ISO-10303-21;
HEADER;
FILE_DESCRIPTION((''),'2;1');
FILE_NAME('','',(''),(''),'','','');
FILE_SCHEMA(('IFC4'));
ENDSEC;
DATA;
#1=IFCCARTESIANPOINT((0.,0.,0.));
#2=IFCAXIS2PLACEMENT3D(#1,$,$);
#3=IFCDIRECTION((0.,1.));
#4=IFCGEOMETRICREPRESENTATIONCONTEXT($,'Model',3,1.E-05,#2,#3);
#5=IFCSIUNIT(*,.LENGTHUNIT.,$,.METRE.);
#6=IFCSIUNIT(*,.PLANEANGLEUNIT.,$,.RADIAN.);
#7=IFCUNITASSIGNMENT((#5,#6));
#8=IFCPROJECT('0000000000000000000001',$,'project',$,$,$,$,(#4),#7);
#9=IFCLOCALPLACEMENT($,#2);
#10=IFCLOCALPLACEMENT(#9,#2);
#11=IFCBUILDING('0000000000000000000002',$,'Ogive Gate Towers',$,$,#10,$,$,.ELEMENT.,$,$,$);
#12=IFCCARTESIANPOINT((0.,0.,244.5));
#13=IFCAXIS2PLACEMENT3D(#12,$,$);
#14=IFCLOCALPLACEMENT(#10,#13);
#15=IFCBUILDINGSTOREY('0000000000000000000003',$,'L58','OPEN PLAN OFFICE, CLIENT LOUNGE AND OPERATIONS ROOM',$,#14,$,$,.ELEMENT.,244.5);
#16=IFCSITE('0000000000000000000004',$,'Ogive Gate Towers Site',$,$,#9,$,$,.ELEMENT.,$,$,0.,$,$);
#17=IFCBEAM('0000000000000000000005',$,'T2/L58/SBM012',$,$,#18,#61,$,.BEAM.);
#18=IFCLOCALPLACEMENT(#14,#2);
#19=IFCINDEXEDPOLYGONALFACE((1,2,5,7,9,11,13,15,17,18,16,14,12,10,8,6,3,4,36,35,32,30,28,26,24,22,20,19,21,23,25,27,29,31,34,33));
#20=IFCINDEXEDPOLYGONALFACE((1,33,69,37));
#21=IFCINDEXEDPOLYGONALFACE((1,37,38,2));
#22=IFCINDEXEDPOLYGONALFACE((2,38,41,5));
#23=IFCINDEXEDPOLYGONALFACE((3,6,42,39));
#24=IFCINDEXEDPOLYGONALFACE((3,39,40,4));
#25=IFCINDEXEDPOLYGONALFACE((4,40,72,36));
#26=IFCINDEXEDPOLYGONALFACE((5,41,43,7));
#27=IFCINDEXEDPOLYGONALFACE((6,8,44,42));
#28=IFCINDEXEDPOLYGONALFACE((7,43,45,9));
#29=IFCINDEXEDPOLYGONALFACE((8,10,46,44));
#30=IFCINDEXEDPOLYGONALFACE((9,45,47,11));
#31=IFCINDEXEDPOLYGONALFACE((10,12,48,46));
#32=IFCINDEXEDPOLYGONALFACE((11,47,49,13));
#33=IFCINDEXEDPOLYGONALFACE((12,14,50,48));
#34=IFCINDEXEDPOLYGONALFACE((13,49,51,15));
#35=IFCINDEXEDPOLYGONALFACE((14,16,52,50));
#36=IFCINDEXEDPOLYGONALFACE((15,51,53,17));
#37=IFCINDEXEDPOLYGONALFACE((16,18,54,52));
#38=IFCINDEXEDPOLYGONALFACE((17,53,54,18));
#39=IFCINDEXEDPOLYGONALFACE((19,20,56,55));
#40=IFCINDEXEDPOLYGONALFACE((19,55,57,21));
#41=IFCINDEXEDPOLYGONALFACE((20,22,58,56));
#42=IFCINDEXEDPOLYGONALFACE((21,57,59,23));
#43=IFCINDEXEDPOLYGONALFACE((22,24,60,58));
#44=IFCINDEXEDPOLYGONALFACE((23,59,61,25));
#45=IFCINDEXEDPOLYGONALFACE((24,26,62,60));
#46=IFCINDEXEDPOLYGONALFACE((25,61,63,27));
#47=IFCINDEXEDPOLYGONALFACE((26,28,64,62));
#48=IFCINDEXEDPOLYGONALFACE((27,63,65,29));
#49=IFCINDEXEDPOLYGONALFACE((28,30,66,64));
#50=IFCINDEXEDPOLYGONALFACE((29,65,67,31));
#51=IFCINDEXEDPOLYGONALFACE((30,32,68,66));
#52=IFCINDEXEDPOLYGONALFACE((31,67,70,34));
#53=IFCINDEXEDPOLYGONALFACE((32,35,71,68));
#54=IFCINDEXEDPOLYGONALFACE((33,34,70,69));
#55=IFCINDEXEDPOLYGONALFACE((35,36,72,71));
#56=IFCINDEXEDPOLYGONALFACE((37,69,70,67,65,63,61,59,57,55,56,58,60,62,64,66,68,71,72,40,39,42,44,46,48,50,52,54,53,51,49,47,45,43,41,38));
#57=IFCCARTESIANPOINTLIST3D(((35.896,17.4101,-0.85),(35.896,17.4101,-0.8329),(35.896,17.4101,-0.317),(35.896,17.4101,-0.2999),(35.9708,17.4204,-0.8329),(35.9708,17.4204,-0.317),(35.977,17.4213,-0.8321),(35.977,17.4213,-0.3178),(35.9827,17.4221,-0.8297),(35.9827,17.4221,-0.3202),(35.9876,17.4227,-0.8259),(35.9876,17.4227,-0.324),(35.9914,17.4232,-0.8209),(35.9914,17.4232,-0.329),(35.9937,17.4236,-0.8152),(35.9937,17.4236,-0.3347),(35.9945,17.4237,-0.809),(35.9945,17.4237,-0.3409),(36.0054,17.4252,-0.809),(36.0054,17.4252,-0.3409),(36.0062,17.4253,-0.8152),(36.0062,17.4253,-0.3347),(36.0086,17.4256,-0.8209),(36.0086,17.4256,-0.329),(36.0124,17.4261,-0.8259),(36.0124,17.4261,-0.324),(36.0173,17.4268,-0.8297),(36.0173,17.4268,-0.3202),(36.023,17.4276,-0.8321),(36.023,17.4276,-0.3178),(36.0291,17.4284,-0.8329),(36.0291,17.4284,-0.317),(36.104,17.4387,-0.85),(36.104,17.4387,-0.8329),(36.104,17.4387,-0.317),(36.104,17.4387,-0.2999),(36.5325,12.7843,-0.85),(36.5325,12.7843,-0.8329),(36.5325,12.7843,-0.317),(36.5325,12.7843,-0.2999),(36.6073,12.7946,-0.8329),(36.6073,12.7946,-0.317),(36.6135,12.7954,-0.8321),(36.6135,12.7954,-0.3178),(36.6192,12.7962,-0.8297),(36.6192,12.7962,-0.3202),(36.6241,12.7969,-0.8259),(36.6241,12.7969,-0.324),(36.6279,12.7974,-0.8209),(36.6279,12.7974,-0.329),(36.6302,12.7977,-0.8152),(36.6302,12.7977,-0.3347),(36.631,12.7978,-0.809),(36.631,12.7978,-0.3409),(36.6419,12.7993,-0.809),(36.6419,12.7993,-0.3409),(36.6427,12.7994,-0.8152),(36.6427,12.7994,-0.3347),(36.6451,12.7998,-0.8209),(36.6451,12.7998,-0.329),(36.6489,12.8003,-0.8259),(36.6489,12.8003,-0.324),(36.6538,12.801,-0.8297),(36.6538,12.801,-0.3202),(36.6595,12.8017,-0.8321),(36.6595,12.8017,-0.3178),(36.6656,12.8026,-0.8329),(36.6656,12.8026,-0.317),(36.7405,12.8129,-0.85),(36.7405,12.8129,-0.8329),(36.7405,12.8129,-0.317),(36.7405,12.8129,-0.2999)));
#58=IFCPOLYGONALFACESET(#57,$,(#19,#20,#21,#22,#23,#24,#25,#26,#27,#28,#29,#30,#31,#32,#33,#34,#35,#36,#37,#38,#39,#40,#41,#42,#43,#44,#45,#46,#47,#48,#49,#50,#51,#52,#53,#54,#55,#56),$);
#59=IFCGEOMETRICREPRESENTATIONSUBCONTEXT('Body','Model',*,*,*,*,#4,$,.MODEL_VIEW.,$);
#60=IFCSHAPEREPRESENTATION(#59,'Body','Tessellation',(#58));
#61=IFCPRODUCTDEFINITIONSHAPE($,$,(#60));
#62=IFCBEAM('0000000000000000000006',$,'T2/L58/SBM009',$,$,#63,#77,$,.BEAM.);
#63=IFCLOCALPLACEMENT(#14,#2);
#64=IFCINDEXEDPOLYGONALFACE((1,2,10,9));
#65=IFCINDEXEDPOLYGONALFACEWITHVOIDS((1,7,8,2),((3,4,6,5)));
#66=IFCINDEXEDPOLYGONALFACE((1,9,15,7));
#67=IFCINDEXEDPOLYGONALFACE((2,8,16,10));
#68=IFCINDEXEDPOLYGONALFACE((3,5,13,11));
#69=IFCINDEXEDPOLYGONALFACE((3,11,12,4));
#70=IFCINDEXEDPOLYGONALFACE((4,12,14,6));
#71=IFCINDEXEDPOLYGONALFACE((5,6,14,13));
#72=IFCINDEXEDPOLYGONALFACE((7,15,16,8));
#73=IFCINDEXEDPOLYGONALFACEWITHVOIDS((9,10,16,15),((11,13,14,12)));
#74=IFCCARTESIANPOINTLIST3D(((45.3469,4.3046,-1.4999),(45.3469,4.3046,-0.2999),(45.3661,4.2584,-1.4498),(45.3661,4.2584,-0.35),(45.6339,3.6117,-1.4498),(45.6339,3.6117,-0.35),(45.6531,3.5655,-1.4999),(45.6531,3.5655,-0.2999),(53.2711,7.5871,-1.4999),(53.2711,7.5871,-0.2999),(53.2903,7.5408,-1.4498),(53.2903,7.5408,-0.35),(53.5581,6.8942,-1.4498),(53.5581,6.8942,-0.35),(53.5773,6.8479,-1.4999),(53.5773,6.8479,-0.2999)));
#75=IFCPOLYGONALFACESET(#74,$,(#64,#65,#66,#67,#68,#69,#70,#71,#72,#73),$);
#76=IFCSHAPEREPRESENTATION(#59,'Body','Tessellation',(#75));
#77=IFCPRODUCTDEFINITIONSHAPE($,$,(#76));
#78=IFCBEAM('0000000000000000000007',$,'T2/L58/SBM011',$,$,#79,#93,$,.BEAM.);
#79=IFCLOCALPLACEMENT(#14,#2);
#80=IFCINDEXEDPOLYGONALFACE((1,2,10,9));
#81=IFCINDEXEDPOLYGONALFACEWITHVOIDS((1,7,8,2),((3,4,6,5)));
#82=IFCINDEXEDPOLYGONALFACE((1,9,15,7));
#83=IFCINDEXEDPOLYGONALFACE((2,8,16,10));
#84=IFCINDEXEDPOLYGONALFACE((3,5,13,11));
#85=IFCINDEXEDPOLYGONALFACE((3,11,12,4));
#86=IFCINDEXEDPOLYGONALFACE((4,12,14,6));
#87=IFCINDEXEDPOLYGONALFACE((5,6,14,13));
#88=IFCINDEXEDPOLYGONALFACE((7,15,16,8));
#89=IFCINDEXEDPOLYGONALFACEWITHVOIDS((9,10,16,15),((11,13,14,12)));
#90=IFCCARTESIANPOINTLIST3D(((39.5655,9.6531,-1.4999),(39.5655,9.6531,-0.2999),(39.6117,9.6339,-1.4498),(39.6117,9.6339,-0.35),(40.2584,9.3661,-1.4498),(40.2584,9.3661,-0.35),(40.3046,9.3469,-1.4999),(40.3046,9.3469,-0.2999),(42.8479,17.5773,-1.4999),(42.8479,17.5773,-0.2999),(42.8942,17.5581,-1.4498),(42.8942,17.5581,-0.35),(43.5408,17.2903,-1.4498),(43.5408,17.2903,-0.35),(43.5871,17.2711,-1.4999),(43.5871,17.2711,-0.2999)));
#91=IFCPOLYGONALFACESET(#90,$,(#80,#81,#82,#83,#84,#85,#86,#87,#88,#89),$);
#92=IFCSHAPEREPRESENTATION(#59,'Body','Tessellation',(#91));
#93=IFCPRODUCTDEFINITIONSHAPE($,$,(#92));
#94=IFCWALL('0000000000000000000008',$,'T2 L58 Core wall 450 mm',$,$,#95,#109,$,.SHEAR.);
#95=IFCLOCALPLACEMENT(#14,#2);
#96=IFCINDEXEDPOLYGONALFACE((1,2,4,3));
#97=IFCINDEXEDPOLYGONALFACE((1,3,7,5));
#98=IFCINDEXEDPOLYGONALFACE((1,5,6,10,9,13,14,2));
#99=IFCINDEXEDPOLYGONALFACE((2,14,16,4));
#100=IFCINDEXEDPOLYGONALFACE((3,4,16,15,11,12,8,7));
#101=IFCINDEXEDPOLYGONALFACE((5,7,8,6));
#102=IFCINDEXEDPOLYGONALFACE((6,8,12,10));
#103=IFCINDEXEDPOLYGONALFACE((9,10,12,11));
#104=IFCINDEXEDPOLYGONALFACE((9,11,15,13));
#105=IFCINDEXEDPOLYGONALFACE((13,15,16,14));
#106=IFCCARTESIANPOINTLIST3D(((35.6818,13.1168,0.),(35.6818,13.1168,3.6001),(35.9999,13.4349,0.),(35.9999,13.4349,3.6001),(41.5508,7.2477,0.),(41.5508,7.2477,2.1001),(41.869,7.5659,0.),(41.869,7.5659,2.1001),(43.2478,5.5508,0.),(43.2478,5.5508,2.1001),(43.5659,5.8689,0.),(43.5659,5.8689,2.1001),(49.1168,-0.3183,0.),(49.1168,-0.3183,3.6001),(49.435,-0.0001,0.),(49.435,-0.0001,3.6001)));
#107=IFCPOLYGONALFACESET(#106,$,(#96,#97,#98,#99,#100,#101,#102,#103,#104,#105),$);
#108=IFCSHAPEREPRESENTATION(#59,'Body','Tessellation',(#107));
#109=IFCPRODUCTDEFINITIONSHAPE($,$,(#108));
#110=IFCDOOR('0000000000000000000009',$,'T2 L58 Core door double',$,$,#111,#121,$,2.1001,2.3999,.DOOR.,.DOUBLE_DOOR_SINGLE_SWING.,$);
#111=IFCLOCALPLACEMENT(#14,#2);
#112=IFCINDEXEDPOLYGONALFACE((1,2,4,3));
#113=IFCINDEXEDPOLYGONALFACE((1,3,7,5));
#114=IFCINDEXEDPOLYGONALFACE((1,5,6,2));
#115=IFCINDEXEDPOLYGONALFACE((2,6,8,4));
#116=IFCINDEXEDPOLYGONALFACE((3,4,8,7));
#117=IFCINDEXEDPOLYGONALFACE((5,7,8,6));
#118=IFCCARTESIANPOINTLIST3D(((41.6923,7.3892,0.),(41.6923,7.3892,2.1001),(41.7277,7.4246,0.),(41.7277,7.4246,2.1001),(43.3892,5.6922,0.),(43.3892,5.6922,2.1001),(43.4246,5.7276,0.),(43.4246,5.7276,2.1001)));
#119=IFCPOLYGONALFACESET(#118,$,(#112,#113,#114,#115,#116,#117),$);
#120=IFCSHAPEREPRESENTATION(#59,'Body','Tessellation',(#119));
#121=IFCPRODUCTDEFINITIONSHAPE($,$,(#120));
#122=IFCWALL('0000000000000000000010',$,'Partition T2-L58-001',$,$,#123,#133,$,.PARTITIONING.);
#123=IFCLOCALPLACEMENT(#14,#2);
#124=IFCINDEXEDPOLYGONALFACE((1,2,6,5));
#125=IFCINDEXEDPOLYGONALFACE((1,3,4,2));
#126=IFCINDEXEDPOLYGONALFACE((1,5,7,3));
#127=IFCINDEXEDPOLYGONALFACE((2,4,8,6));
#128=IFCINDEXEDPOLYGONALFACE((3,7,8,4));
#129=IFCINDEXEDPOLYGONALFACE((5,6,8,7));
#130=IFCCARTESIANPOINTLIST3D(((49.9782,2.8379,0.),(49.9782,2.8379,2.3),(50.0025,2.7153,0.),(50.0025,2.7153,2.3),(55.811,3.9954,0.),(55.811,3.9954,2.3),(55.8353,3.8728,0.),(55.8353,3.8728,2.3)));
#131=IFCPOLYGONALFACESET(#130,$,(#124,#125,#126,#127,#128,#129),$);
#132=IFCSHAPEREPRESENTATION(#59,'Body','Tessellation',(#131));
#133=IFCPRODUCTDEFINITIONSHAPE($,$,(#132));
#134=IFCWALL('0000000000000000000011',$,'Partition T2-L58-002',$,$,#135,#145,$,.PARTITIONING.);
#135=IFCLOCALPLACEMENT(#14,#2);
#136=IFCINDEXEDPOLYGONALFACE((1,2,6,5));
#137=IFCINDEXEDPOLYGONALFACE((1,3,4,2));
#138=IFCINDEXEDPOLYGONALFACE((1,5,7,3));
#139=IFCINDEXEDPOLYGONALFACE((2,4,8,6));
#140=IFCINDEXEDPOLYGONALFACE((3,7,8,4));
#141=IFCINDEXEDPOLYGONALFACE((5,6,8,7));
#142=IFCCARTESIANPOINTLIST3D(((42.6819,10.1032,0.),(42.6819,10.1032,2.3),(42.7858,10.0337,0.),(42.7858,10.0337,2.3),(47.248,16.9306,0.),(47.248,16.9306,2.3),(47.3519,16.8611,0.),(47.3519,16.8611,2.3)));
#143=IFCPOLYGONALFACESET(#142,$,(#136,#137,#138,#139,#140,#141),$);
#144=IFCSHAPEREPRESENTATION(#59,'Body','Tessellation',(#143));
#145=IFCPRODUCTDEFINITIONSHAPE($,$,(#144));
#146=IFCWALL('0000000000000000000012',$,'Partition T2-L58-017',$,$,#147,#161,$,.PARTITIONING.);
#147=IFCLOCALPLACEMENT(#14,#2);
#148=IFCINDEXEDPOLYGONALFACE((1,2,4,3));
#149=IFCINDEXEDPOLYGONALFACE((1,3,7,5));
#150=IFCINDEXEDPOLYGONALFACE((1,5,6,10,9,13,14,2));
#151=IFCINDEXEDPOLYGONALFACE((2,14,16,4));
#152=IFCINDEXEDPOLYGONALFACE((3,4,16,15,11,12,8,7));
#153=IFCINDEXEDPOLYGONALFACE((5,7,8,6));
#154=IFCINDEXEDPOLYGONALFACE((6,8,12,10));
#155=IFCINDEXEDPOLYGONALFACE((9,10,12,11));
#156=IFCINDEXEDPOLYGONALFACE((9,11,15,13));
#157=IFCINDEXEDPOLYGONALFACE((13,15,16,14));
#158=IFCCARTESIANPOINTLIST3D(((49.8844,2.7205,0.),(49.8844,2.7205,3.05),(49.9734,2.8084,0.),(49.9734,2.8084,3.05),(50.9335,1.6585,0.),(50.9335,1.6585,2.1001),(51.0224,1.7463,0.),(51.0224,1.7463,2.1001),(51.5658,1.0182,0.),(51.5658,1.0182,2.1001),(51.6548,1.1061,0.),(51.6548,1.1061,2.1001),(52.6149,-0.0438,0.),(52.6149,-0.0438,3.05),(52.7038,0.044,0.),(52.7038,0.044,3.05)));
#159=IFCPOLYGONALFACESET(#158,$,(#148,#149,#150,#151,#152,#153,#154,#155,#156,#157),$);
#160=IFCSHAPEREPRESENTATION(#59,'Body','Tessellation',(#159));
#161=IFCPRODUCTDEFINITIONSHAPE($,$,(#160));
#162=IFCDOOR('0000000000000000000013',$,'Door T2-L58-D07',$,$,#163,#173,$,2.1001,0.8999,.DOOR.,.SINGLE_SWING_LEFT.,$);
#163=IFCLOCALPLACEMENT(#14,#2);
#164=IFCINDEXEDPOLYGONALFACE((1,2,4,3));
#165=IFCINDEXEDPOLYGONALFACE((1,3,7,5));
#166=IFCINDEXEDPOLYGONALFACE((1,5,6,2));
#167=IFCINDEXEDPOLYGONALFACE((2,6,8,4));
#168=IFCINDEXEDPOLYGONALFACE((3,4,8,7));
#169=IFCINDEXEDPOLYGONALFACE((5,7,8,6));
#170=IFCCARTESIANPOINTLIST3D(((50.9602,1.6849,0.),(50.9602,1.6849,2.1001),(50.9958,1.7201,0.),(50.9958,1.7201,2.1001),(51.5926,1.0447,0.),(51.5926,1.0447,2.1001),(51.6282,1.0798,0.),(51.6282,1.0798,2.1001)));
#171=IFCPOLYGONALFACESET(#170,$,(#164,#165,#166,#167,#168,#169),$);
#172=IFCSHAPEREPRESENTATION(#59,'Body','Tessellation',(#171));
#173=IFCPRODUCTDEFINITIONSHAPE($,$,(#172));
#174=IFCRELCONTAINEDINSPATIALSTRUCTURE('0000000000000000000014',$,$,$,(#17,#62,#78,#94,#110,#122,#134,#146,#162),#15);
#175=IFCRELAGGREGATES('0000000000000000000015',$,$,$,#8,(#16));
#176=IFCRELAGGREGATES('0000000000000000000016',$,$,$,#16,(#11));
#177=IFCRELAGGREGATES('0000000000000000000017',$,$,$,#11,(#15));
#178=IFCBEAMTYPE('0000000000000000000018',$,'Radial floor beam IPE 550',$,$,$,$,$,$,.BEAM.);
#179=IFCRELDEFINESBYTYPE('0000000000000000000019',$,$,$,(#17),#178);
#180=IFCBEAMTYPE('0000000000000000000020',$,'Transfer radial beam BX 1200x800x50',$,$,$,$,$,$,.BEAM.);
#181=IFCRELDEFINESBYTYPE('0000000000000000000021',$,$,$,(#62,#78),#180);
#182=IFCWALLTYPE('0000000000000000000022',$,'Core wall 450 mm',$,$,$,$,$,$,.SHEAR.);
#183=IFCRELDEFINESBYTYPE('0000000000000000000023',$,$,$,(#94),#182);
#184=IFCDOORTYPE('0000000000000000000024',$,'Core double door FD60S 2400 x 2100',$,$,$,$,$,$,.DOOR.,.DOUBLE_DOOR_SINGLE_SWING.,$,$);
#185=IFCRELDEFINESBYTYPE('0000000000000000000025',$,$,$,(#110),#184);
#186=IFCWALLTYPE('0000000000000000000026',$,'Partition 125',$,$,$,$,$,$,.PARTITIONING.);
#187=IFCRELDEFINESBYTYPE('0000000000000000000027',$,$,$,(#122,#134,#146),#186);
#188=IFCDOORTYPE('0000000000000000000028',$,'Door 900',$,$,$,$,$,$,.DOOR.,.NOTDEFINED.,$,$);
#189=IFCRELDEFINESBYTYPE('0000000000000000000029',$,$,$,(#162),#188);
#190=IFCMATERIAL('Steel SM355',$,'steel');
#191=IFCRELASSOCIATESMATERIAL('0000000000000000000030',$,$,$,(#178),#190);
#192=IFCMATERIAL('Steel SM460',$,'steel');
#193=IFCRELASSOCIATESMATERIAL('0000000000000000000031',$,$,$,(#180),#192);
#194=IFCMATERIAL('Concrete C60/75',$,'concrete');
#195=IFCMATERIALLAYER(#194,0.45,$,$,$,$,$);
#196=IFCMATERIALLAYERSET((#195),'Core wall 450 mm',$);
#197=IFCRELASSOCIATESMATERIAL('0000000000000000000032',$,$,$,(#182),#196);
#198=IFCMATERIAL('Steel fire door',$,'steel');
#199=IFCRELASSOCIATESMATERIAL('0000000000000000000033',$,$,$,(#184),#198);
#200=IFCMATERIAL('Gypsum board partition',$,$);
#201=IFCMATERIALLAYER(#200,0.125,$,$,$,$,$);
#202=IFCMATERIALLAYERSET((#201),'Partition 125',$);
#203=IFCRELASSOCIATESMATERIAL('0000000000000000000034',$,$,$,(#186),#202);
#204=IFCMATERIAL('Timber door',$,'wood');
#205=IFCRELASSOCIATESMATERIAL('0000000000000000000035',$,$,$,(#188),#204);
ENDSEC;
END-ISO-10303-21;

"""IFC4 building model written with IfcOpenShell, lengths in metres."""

from ifc_helpers import new_model, si_unit, direction, frame, frame_2d, origin, origin_2d, place, context, subcontext, project, spatial, rectangle, hollow_rectangle, i_section, extrude, material, layer, layer_set, material_profile, profile_set, type_object, element, fill, save


model = new_model("IFC4")

# Units and contexts
model_context = context("Model", 3, precision=1e-05, world=origin(), true_north=direction((0.0, 1.0)))
body_context = subcontext(model_context, "Body", "Model", "MODEL_VIEW")
ifc_project = project(units=[si_unit("LENGTHUNIT", "METRE"), si_unit("PLANEANGLEUNIT", "RADIAN")], contexts=[model_context])

# Site, building, storey
site_placement = place(None, origin())
site = spatial("IfcSite", under=ifc_project, at=site_placement, Name="Ogive Gate Towers Site", CompositionType="ELEMENT", RefElevation=0.0)
building_placement = place(site_placement, origin())
building = spatial("IfcBuilding", under=site, at=building_placement, Name="Ogive Gate Towers", CompositionType="ELEMENT")
storey_placement = place(building_placement, frame((0.0, 0.0, 244.5)))
storey = spatial("IfcBuildingStorey", under=building, at=storey_placement, Name="L58", Description="OPEN PLAN OFFICE, CLIENT LOUNGE AND OPERATIONS ROOM", CompositionType="ELEMENT", Elevation=244.5)

# Shared definitions
ifc_material_1 = material(Name="Steel SM460", Category="steel")

# Beams
ifc_material_2 = material(Name="Steel SM355", Category="steel")
ifc_material_profile_1 = material_profile(ifc_material_2, i_section(OverallWidth=0.21, OverallDepth=0.55, WebThickness=0.011, FlangeThickness=0.0171, FilletRadius=0.0239, at=origin_2d()), Name="IPE 550")
ifc_profile_set_1 = profile_set([ifc_material_profile_1], Name="Steel SM355")
beam_type_1 = type_object("IfcBeamType", Name="Radial floor beam IPE 550", PredefinedType="BEAM", material=ifc_profile_set_1)
beam_1_placement = place(storey_placement, frame((36.6365, 12.7986, -0.575), z_axis=(-0.13631, 0.990666, 0.0), x_axis=(-0.990666, -0.13631, 0.0)))
element("IfcBeam", 1, at=beam_1_placement, inside=storey, type_object=beam_type_1, Name="T2/L58/SBM012", PredefinedType="BEAM", context=body_context, shape_type="SweptSolid", body=[
    extrude(i_section(OverallWidth=0.21, OverallDepth=0.55, WebThickness=0.011, FlangeThickness=0.0171, FilletRadius=0.0239, at=origin_2d()), origin(), (0.0, 0.0, 1.0), 4.6694),
])
ifc_material_profile_2 = material_profile(ifc_material_1, hollow_rectangle(XDim=0.8, YDim=1.2, WallThickness=0.05, at=origin_2d()), Name="BX 1200x800x50")
ifc_profile_set_2 = profile_set([ifc_material_profile_2], Name="Steel SM460")
beam_type_2 = type_object("IfcBeamType", Name="Transfer radial beam BX 1200x800x50", PredefinedType="BEAM", material=ifc_profile_set_2)
for number, where, z_axis, x_axis, name in (
    (2, (45.5, 3.9351, -0.8999), (0.923875, 0.382695, 0.0), (-0.382695, 0.923875, 0.0), "T2/L58/SBM009"),
    (3, (39.9351, 9.5, -0.8999), (0.382695, 0.923875, 0.0), (-0.923875, 0.382695, 0.0), "T2/L58/SBM011"),
):
    element("IfcBeam", number, at=place(storey_placement, frame(where, z_axis=z_axis, x_axis=x_axis)), inside=storey, type_object=beam_type_2, Name=name, PredefinedType="BEAM", context=body_context, shape_type="SweptSolid", body=[
        extrude(hollow_rectangle(XDim=0.8, YDim=1.2, WallThickness=0.05, at=origin_2d()), origin(), (0.0, 0.0, 1.0), 8.5771),
    ])

# Wall, opening, door
ifc_material_3 = material(Name="Concrete C60/75", Category="concrete")
ifc_layer_1 = layer(ifc_material_3, 0.45)
ifc_layer_set_1 = layer_set([ifc_layer_1], Name="Core wall 450 mm")
wall_type_1 = type_object("IfcWallType", Name="Core wall 450 mm", PredefinedType="SHEAR", material=ifc_layer_set_1)
wall_1_placement = place(storey_placement, frame((49.2759, -0.1592, 0.0), z_axis=(0.0, 0.0, 1.0), x_axis=(-0.707107, 0.707107, 0.0)))
wall_1 = element("IfcWall", 4, at=wall_1_placement, inside=storey, type_object=wall_type_1, Name="T2 L58 Core wall 450 mm", PredefinedType="SHEAR", context=body_context, shape_type="SweptSolid", body=[
    extrude(rectangle(XDim=19.0, YDim=0.45, at=frame_2d((9.5, 0.0))), origin(), (0.0, 0.0, 1.0), 3.6001),
])
opening_1_placement = place(wall_1_placement, frame((8.3, 0.0, 0.0)))
opening_1 = element("IfcOpeningElement", 5, at=opening_1_placement, cuts=wall_1, PredefinedType="OPENING", context=body_context, shape_type="SweptSolid", body=[
    extrude(rectangle(XDim=2.3999, YDim=2.1001, at=frame_2d((1.2, 1.05))), frame((0.0, 0.2349, 0.0), z_axis=(0.0, -1.0, 0.0), x_axis=(1.0, 0.0, 0.0)), (0.0, 0.0, 1.0), 0.47),
])
ifc_material_4 = material(Name="Steel fire door", Category="steel")
door_type_1 = type_object("IfcDoorType", Name="Core double door FD60S 2400 x 2100", OperationType="DOUBLE_DOOR_SINGLE_SWING", PredefinedType="DOOR", material=ifc_material_4)
door_1_placement = place(opening_1_placement, origin())
door_1 = element("IfcDoor", 6, at=door_1_placement, inside=storey, type_object=door_type_1, Name="T2 L58 Core door double", OperationType="DOUBLE_DOOR_SINGLE_SWING", OverallHeight=2.1001, OverallWidth=2.3999, PredefinedType="DOOR", context=body_context, shape_type="SweptSolid", body=[
    extrude(rectangle(XDim=2.3999, YDim=2.1001, at=frame_2d((1.2, 1.05))), frame((0.0, 0.0249, 0.0), z_axis=(0.0, -1.0, 0.0), x_axis=(1.0, 0.0, 0.0)), (0.0, 0.0, 1.0), 0.05),
])
fill(opening_1, door_1)

# Walls
ifc_material_5 = material(Name="Gypsum board partition")
ifc_layer_2 = layer(ifc_material_5, 0.125)
ifc_layer_set_2 = layer_set([ifc_layer_2], Name="Partition 125")
wall_type_2 = type_object("IfcWallType", Name="Partition 125", PredefinedType="PARTITIONING", material=ifc_layer_set_2)
wall_2_placement = place(storey_placement, frame((55.823, 3.9341, 0.0), z_axis=(0.0, 0.0, 1.0), x_axis=(-0.980873, -0.194647, 0.0)))
element("IfcWall", 7, at=wall_2_placement, inside=storey, type_object=wall_type_2, Name="Partition T2-L58-001", PredefinedType="PARTITIONING", context=body_context, shape_type="SweptSolid", body=[
    extrude(rectangle(XDim=5.9465, YDim=0.125, at=frame_2d((2.9731, 0.0))), origin(), (0.0, 0.0, 1.0), 2.3),
])
wall_3_placement = place(storey_placement, frame((47.3, 16.896, 0.0), z_axis=(0.0, 0.0, 1.0), x_axis=(-0.555927, -0.831231, 0.0)))
element("IfcWall", 8, at=wall_3_placement, inside=storey, type_object=wall_type_2, Name="Partition T2-L58-002", PredefinedType="PARTITIONING", context=body_context, shape_type="SweptSolid", body=[
    extrude(rectangle(XDim=8.2136, YDim=0.125, at=frame_2d((4.1069, 0.0))), origin(), (0.0, 0.0, 1.0), 2.3),
])

# Wall, opening, door
wall_4_placement = place(storey_placement, frame((52.6594, 0.0, 0.0), z_axis=(0.0, 0.0, 1.0), x_axis=(-0.702726, 0.71146, 0.0)))
wall_4 = element("IfcWall", 9, at=wall_4_placement, inside=storey, type_object=wall_type_2, Name="Partition T2-L58-017", PredefinedType="PARTITIONING", context=body_context, shape_type="SweptSolid", body=[
    extrude(rectangle(XDim=3.8855, YDim=0.125, at=frame_2d((1.9429, 0.0))), origin(), (0.0, 0.0, 1.0), 3.05),
])
opening_2_placement = place(wall_4_placement, frame((1.4929, 0.0, 0.0)))
opening_2 = element("IfcOpeningElement", 10, at=opening_2_placement, cuts=wall_4, PredefinedType="OPENING", context=body_context, shape_type="SweptSolid", body=[
    extrude(rectangle(XDim=0.8999, YDim=2.1001, at=frame_2d((0.45, 1.05))), frame((0.0, 0.0725, 0.0), z_axis=(0.0, -1.0, 0.0), x_axis=(1.0, 0.0, 0.0)), (0.0, 0.0, 1.0), 0.145),
])
ifc_material_6 = material(Name="Timber door", Category="wood")
door_type_2 = type_object("IfcDoorType", Name="Door 900", OperationType="NOTDEFINED", PredefinedType="DOOR", material=ifc_material_6)
door_2_placement = place(opening_2_placement, origin())
door_2 = element("IfcDoor", 11, at=door_2_placement, inside=storey, type_object=door_type_2, Name="Door T2-L58-D07", OperationType="SINGLE_SWING_LEFT", OverallHeight=2.1001, OverallWidth=0.8999, PredefinedType="DOOR", context=body_context, shape_type="SweptSolid", body=[
    extrude(rectangle(XDim=0.8999, YDim=2.1001, at=frame_2d((0.45, 1.05))), frame((0.0, 0.0249, 0.0), z_axis=(0.0, -1.0, 0.0), x_axis=(1.0, 0.0, 0.0)), (0.0, 0.0, 1.0), 0.05),
])
fill(opening_2, door_2)

save(model, "model.ifc")
